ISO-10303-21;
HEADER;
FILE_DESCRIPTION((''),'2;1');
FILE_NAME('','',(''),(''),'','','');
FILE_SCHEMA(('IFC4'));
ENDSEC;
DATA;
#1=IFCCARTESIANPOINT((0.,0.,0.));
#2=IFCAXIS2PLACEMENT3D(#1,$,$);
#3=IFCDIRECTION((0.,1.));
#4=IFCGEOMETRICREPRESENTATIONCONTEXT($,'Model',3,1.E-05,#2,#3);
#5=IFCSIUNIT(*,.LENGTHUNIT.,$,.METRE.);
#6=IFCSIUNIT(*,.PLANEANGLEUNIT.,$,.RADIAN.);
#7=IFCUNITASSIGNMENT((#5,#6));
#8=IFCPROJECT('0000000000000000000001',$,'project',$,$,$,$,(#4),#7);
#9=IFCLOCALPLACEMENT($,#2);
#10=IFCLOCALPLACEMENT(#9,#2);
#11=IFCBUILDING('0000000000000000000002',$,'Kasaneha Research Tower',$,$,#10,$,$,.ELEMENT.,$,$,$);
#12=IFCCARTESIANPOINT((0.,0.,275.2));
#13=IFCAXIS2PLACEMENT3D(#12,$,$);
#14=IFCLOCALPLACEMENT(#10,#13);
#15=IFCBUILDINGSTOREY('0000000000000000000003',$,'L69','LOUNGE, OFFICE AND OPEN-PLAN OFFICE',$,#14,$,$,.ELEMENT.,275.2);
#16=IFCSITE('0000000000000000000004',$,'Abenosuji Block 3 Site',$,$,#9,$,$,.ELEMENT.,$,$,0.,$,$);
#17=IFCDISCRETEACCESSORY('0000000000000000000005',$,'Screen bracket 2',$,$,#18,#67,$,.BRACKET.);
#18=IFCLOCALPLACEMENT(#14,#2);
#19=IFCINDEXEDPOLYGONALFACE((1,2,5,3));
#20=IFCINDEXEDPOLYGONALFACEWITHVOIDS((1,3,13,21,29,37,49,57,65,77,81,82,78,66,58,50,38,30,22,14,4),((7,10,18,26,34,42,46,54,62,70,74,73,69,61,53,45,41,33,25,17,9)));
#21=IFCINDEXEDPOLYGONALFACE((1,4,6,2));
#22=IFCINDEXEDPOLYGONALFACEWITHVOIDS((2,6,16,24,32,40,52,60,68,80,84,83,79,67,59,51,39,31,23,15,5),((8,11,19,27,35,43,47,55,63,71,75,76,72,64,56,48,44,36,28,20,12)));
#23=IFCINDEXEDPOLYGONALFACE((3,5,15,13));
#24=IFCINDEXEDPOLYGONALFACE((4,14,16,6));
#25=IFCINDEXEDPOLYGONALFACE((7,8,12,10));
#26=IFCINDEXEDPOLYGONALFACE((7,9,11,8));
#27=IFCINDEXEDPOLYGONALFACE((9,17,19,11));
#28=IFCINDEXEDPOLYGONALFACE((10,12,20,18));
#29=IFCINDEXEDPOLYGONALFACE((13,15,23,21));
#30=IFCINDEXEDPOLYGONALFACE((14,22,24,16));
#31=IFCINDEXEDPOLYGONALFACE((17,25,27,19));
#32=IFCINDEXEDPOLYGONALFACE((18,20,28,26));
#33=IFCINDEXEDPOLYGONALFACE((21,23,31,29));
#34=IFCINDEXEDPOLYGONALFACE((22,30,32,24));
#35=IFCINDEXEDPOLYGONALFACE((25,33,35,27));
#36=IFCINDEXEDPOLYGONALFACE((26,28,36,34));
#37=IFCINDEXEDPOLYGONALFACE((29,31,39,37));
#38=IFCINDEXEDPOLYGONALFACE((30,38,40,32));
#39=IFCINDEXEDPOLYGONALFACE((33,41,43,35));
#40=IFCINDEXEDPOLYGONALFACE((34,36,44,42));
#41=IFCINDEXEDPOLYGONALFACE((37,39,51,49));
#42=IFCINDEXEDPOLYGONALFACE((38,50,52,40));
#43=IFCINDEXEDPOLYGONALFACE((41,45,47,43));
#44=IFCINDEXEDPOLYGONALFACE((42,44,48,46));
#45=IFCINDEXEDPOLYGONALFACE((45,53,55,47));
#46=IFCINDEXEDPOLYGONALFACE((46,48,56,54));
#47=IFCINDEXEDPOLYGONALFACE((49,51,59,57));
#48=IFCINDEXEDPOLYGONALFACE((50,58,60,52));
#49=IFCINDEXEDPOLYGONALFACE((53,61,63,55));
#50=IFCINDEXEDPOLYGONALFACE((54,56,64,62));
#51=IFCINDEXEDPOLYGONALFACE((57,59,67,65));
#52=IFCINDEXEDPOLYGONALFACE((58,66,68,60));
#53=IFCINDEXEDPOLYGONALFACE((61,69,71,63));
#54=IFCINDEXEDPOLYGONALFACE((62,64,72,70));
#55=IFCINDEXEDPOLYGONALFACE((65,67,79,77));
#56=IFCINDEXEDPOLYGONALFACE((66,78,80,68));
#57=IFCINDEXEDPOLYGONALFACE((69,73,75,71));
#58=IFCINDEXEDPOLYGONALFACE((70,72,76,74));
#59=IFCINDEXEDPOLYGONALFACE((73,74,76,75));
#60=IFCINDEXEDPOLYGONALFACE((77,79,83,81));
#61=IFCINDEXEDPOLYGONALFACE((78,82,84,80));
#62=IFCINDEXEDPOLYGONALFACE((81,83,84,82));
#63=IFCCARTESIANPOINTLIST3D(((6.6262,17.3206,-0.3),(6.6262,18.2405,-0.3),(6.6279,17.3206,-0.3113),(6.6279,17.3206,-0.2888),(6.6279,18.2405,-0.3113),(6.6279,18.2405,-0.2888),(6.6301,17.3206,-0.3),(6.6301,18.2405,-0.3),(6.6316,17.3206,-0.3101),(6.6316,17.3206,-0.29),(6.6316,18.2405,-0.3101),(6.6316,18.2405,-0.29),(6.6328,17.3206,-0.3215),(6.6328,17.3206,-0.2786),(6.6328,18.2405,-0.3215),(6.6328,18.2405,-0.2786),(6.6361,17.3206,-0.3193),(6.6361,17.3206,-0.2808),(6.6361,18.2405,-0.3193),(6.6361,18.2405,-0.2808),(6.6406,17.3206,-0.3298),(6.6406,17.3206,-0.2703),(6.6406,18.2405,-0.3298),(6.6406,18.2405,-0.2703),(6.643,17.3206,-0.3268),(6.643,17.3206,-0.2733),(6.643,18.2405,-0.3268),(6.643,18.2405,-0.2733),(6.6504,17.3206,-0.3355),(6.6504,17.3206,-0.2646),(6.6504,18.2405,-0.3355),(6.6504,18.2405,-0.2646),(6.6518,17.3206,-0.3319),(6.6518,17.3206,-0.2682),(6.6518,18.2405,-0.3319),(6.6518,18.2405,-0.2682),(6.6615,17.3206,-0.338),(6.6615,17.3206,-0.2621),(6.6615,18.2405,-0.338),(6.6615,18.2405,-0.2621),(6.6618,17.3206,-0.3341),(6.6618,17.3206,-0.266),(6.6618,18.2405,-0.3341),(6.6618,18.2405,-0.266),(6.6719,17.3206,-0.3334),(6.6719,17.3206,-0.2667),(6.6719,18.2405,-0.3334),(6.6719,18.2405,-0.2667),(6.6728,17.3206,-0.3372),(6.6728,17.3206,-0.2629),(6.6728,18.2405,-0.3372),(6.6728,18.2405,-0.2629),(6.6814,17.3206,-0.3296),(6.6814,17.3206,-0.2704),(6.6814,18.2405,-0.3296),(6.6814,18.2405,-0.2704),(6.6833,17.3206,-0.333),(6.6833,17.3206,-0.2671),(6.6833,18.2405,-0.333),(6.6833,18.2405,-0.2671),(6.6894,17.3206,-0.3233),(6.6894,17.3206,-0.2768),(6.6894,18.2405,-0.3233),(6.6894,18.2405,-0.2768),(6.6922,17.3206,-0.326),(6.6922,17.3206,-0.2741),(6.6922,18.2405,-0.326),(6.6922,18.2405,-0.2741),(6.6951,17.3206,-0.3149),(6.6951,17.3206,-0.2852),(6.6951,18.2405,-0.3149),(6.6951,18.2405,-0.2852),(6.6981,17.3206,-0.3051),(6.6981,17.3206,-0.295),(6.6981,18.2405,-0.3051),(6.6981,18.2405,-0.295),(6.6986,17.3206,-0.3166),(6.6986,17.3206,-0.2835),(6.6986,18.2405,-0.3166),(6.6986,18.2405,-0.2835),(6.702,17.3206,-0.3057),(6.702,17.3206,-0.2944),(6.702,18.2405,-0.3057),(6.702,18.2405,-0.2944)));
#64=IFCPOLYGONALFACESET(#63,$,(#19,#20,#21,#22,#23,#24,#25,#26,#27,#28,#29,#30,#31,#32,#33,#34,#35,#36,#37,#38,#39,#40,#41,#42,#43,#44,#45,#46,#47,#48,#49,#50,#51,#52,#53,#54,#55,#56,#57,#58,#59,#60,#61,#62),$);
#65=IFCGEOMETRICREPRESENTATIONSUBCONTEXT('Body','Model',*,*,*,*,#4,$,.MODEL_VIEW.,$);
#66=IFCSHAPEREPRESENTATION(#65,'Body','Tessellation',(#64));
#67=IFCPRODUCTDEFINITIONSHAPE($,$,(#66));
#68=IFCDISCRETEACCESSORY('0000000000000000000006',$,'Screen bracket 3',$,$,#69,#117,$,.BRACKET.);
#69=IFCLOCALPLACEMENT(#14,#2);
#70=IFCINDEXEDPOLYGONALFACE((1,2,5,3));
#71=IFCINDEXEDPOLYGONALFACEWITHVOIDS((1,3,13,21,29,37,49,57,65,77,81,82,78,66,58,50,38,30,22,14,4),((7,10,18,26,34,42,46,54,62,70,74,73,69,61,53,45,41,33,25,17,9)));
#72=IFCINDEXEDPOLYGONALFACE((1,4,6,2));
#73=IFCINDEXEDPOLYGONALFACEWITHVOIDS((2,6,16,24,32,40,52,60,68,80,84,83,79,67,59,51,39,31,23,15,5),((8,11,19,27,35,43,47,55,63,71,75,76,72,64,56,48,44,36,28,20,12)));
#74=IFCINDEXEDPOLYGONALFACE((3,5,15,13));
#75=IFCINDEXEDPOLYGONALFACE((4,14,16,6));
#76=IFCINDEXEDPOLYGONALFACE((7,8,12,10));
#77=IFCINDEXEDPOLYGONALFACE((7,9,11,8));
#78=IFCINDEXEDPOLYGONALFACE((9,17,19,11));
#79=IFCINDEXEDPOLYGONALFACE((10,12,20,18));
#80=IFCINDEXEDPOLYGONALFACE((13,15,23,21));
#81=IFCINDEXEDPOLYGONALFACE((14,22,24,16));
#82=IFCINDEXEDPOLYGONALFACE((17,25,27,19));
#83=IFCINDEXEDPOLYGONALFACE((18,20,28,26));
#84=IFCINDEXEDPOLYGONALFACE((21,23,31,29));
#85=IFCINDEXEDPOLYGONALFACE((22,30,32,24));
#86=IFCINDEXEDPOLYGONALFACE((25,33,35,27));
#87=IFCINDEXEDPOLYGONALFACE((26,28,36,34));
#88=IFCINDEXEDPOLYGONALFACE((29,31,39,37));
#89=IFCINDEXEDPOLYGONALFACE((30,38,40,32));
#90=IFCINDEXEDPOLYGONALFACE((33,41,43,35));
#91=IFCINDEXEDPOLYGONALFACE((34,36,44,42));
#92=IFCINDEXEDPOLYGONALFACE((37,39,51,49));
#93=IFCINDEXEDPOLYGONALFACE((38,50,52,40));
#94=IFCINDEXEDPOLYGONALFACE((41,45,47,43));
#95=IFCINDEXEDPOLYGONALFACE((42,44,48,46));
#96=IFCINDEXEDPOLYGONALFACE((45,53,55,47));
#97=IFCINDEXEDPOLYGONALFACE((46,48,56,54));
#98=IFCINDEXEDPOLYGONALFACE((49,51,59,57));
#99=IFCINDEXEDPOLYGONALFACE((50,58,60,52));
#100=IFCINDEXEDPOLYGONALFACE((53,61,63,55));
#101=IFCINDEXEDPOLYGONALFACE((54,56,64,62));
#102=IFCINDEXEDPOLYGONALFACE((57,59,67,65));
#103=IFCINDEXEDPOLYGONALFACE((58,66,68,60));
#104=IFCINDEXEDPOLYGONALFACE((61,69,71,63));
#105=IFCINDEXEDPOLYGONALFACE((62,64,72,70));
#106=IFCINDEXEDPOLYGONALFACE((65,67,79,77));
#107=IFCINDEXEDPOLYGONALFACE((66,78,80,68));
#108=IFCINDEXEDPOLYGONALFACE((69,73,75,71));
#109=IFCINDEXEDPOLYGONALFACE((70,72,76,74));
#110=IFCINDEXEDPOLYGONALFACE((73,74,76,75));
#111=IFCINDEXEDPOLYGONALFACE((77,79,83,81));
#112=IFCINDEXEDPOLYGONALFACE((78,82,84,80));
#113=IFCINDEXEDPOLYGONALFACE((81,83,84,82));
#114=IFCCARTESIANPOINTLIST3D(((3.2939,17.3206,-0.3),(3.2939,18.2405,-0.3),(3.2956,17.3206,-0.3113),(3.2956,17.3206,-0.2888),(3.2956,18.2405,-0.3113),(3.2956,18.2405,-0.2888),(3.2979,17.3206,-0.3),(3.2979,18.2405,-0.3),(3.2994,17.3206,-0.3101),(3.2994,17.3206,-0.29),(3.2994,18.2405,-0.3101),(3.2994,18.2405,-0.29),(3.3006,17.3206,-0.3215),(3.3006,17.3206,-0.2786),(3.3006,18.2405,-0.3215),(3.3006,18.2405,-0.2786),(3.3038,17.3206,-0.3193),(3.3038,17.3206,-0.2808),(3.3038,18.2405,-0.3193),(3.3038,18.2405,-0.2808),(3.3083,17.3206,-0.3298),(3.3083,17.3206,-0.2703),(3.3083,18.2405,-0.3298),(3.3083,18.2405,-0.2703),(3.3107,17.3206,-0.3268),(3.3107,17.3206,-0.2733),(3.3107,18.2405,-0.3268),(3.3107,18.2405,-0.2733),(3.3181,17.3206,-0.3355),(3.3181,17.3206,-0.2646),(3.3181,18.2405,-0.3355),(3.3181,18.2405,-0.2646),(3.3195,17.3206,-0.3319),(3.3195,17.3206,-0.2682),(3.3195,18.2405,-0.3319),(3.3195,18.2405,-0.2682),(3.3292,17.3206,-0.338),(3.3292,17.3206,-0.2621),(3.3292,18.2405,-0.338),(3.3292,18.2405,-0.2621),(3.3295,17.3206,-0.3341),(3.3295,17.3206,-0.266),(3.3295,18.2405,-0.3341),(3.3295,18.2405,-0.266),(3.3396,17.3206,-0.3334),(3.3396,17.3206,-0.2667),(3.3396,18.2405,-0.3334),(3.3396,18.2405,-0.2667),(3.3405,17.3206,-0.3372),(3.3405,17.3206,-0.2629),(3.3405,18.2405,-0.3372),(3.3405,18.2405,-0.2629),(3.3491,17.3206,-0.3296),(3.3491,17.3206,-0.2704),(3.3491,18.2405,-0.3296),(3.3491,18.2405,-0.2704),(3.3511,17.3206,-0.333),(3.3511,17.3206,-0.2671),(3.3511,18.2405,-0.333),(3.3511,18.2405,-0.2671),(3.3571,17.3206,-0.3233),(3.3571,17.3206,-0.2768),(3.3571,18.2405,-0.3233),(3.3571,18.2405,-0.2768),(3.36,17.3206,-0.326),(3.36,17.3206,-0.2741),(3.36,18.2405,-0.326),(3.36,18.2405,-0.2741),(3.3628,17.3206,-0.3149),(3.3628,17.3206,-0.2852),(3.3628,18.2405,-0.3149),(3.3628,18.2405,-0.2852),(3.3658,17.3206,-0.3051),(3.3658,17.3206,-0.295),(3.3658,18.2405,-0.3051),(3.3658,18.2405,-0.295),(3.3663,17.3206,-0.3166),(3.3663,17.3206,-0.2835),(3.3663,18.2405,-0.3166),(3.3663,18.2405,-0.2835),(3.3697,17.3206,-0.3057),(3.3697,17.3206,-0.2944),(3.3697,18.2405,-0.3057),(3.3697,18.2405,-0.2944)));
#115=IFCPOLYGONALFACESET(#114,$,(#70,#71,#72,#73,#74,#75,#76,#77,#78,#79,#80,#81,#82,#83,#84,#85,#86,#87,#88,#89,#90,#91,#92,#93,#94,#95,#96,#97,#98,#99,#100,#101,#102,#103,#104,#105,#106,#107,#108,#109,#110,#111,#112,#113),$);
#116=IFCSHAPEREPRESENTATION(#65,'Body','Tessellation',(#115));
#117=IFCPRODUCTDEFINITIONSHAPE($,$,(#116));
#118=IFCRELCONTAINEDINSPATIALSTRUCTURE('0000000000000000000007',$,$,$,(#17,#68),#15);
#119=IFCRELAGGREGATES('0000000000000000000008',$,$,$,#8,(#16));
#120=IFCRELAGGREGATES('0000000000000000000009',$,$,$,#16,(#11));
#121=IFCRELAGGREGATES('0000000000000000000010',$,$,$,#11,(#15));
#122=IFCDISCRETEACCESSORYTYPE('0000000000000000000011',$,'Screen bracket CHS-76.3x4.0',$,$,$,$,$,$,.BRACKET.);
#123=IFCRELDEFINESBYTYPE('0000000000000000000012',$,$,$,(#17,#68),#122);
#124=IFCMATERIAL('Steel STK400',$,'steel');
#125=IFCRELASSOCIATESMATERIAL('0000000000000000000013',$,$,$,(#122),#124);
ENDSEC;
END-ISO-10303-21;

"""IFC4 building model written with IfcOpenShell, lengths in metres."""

from ifc_helpers import new_model, si_unit, direction, frame, origin, origin_2d, place, context, subcontext, project, spatial, hollow_circle, extrude, material, material_profile, profile_set, type_object, element, save


model = new_model("IFC4")

# Units and contexts
model_context = context("Model", 3, precision=1e-05, world=origin(), true_north=direction((0.0, 1.0)))
body_context = subcontext(model_context, "Body", "Model", "MODEL_VIEW")
ifc_project = project(units=[si_unit("LENGTHUNIT", "METRE"), si_unit("PLANEANGLEUNIT", "RADIAN")], contexts=[model_context])

# Site, building, storey
site_placement = place(None, origin())
site = spatial("IfcSite", under=ifc_project, at=site_placement, Name="Abenosuji Block 3 Site", CompositionType="ELEMENT", RefElevation=0.0)
building_placement = place(site_placement, origin())
building = spatial("IfcBuilding", under=site, at=building_placement, Name="Kasaneha Research Tower", CompositionType="ELEMENT")
storey_placement = place(building_placement, frame((0.0, 0.0, 275.2)))
storey = spatial("IfcBuildingStorey", under=building, at=storey_placement, Name="L69", Description="LOUNGE, OFFICE AND OPEN-PLAN OFFICE", CompositionType="ELEMENT", Elevation=275.2)

# Discrete accessories
ifc_material_1 = material(Name="Steel STK400", Category="steel")
ifc_material_profile_1 = material_profile(ifc_material_1, hollow_circle(Radius=0.0381, WallThickness=0.0039, at=origin_2d()), Name="CHS-76.3x4.0")
ifc_profile_set_1 = profile_set([ifc_material_profile_1], Name="Steel STK400")
discrete_accessory_type = type_object("IfcDiscreteAccessoryType", Name="Screen bracket CHS-76.3x4.0", PredefinedType="BRACKET", material=ifc_profile_set_1)
for number, where, z_axis, x_axis, name in (
    (1, (6.6643, 17.3206, -0.3), (0.0, 1.0, 0.0), (-1.0, 0.0, 0.0), "Screen bracket 2"),
    (2, (3.332, 17.3206, -0.3), (0.0, 1.0, 0.0), (-1.0, 0.0, 0.0), "Screen bracket 3"),
):
    element("IfcDiscreteAccessory", number, at=place(storey_placement, frame(where, z_axis=z_axis, x_axis=x_axis)), inside=storey, type_object=discrete_accessory_type, Name=name, PredefinedType="BRACKET", context=body_context, shape_type="SweptSolid", body=[
        extrude(hollow_circle(Radius=0.0381, WallThickness=0.0039, at=origin_2d()), origin(), (0.0, 0.0, 1.0), 0.9199),
    ])

save(model, "model.ifc")
